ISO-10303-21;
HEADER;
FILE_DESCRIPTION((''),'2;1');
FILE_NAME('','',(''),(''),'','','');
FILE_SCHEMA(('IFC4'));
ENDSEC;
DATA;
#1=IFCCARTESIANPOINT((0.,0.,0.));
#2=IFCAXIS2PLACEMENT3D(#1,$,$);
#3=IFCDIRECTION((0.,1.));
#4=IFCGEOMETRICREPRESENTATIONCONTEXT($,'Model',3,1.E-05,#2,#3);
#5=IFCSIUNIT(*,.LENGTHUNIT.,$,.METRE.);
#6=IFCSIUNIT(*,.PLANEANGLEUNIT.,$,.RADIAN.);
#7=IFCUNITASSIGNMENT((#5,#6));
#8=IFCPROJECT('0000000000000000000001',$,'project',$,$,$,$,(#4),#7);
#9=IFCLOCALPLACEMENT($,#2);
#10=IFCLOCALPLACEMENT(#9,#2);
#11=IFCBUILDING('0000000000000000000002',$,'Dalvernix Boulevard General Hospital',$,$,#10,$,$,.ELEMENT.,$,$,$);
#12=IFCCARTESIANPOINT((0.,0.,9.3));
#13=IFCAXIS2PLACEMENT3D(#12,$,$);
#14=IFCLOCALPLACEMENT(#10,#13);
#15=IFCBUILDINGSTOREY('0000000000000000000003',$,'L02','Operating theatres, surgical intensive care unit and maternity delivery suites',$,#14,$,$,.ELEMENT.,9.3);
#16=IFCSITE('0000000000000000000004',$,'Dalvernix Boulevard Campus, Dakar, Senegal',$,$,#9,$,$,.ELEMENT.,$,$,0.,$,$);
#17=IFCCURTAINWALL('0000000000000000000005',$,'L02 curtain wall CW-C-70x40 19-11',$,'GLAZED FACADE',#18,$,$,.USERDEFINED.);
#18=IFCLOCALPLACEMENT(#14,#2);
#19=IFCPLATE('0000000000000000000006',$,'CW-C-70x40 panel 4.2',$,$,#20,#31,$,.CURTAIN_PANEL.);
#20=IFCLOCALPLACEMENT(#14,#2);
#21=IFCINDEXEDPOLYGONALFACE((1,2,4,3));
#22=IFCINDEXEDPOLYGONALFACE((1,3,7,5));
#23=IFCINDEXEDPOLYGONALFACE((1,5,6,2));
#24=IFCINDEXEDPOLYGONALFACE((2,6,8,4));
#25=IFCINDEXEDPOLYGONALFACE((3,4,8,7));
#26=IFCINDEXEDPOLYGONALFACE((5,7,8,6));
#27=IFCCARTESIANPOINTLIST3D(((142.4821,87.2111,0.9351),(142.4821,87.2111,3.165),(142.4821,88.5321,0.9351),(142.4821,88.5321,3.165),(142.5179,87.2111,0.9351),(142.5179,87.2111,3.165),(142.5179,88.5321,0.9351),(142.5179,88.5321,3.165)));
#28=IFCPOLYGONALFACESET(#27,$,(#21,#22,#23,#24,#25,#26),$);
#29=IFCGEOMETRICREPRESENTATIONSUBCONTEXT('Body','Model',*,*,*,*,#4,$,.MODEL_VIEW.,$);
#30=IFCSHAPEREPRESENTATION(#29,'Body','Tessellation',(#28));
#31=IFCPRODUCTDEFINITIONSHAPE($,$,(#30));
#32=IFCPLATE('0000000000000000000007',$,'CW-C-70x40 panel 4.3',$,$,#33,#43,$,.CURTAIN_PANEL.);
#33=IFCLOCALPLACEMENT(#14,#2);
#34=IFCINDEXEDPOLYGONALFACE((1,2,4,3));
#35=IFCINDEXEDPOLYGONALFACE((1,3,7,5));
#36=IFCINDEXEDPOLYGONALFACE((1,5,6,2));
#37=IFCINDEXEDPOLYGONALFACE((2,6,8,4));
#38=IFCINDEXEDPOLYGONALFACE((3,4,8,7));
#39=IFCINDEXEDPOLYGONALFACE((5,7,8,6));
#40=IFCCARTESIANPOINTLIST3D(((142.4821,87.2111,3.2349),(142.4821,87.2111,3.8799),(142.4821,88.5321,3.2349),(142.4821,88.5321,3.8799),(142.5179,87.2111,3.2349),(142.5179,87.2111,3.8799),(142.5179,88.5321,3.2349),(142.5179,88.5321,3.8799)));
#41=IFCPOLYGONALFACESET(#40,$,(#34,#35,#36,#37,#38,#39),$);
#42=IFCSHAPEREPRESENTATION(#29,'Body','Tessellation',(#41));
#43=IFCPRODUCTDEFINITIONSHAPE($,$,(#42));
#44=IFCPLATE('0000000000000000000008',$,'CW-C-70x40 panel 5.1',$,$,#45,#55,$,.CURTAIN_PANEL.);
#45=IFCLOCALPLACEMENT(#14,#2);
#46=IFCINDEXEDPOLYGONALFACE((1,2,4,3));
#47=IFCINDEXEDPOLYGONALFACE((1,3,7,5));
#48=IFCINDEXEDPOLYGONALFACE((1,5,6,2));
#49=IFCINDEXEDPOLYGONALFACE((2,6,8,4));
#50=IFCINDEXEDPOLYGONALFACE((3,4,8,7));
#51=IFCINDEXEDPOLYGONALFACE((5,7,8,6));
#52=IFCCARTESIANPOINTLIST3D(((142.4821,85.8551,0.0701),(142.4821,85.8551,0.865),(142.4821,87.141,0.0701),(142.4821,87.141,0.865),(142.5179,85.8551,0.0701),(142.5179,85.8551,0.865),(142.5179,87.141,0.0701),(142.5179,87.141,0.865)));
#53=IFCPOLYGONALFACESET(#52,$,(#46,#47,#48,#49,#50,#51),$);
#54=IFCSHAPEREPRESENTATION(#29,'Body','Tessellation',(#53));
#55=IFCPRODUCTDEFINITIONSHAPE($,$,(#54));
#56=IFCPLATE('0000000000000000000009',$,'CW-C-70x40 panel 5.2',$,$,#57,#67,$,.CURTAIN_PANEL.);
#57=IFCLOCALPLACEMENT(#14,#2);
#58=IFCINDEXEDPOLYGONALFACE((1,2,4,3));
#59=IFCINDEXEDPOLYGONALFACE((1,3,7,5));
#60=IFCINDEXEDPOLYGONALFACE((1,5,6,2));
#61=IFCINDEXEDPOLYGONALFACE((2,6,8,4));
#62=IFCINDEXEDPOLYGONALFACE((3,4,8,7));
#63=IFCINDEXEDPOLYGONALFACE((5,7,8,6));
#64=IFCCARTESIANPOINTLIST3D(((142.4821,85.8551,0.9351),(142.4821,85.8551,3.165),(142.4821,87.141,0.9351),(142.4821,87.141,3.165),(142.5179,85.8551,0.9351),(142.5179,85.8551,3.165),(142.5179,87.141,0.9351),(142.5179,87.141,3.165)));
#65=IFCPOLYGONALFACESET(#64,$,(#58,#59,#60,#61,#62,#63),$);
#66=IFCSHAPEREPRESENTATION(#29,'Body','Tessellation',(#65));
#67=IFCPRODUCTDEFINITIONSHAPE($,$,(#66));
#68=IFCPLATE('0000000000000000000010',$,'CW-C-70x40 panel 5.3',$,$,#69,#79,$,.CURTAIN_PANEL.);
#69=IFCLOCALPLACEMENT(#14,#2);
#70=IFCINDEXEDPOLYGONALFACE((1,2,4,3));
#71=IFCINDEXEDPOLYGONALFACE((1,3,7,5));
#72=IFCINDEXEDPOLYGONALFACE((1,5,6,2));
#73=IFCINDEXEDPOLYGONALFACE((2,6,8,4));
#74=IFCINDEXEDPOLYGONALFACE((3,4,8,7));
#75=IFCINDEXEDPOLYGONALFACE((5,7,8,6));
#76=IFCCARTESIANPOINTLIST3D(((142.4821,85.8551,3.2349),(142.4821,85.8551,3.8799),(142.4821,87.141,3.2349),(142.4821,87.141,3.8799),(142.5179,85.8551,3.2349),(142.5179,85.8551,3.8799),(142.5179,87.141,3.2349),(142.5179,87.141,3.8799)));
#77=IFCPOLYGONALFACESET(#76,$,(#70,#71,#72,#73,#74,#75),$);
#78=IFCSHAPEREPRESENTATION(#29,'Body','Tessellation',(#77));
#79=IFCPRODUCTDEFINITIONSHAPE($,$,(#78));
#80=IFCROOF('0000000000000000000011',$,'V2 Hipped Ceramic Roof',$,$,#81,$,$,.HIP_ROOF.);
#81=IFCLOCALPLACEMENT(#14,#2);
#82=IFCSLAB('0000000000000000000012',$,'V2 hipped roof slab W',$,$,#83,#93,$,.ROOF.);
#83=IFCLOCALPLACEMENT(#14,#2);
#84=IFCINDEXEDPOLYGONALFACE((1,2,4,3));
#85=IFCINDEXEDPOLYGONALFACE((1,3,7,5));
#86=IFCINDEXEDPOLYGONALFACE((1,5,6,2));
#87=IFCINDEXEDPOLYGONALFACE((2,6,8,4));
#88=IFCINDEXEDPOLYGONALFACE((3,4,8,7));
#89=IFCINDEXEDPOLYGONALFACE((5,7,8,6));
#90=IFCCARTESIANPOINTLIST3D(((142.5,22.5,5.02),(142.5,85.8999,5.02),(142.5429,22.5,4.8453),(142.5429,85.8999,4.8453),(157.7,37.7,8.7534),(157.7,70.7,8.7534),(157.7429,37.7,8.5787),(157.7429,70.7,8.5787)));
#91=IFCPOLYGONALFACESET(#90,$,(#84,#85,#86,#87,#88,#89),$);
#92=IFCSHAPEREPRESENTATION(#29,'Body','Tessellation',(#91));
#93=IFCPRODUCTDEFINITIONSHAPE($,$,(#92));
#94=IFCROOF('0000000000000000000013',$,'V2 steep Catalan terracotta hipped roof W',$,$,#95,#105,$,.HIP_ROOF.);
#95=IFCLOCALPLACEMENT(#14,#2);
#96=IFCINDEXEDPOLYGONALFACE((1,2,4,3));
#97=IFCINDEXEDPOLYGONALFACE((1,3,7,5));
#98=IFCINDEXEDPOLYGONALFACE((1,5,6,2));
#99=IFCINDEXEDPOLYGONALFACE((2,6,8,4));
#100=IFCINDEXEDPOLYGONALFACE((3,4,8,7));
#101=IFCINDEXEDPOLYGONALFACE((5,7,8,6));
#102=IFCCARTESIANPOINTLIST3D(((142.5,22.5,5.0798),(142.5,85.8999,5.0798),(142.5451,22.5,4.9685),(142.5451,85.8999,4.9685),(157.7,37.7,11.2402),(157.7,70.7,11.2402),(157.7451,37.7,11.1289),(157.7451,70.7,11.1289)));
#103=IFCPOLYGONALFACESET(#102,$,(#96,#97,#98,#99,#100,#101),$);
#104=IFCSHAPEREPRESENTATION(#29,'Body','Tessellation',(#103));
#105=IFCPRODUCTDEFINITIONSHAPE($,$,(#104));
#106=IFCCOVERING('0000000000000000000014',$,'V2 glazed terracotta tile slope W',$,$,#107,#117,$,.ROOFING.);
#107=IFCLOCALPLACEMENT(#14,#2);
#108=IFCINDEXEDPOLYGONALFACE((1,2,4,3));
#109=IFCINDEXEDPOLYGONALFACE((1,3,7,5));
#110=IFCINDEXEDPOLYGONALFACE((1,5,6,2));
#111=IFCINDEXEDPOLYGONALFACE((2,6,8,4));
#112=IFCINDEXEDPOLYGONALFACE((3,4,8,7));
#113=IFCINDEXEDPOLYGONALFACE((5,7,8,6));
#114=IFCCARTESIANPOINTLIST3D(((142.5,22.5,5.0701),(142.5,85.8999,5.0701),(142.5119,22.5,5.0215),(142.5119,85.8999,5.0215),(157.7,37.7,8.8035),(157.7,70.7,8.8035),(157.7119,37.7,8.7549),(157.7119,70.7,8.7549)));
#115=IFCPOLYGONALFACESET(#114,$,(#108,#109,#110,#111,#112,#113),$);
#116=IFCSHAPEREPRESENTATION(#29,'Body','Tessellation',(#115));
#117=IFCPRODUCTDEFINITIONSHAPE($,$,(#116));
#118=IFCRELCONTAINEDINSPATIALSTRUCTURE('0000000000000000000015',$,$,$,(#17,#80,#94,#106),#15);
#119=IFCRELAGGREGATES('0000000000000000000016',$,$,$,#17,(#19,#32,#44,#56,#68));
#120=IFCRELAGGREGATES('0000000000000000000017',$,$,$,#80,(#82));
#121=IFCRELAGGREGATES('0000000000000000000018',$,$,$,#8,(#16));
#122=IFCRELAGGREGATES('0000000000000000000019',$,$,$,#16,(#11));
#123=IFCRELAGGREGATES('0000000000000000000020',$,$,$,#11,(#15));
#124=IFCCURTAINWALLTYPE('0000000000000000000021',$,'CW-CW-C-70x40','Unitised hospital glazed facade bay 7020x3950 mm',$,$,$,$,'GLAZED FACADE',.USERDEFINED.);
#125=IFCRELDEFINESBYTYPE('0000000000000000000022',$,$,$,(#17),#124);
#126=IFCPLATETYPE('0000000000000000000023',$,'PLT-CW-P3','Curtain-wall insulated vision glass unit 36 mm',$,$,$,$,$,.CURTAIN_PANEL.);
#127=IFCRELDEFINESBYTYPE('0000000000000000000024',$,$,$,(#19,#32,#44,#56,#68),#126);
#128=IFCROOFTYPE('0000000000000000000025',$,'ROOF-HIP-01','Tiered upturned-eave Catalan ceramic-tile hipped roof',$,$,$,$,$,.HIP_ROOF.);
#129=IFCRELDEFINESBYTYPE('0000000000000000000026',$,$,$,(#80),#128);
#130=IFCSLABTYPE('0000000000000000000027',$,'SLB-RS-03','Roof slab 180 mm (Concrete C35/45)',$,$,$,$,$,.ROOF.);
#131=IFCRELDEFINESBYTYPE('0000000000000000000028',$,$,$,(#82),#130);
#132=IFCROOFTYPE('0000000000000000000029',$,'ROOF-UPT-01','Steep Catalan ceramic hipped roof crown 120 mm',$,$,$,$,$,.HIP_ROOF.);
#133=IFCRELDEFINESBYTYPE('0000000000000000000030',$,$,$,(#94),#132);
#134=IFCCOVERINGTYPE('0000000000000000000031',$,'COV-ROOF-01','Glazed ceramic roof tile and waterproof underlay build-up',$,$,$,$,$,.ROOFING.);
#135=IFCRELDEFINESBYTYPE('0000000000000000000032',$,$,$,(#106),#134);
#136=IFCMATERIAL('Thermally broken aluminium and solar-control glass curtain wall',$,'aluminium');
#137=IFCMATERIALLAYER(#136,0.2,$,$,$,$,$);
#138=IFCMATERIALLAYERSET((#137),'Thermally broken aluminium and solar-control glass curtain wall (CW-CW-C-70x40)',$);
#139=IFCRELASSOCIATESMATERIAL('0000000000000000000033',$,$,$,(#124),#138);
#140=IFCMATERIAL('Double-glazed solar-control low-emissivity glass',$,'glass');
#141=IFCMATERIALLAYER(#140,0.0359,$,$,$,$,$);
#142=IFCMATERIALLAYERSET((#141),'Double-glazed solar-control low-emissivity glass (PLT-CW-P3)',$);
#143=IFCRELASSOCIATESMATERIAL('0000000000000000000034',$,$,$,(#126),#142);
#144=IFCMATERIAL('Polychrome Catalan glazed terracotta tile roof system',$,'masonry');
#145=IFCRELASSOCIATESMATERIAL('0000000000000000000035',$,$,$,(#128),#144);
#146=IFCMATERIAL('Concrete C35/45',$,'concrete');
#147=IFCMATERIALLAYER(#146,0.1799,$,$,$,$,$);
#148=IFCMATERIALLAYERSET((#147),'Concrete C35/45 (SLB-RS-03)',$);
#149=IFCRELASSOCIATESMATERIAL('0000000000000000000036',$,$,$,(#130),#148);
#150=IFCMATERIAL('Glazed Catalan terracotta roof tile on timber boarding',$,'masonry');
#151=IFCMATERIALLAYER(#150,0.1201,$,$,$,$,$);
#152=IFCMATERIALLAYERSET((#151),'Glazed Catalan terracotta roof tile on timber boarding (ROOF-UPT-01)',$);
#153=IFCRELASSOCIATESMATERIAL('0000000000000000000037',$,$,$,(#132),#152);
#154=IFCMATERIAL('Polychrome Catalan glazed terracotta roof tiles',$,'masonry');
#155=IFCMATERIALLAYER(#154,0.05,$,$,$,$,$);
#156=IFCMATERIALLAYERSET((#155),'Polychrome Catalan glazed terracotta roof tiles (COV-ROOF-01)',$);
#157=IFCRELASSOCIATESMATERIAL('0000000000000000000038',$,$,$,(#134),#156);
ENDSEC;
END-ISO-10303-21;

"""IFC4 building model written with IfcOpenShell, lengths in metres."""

from ifc_helpers import new_model, si_unit, direction, frame, origin, origin_2d, place, context, subcontext, project, spatial, polyline, rectangle, outline, extrude, material, layer, layer_set, type_object, element, aggregate, save


model = new_model("IFC4")

# Units and contexts
model_context = context("Model", 3, precision=1e-05, world=origin(), true_north=direction((0.0, 1.0)))
body_context = subcontext(model_context, "Body", "Model", "MODEL_VIEW")
ifc_project = project(units=[si_unit("LENGTHUNIT", "METRE"), si_unit("PLANEANGLEUNIT", "RADIAN")], contexts=[model_context])

# Site, building, storey
site_placement = place(None, origin())
site = spatial("IfcSite", under=ifc_project, at=site_placement, Name="Dalvernix Boulevard Campus, Dakar, Senegal", CompositionType="ELEMENT", RefElevation=0.0)
building_placement = place(site_placement, origin())
building = spatial("IfcBuilding", under=site, at=building_placement, Name="Dalvernix Boulevard General Hospital", CompositionType="ELEMENT")
storey_placement = place(building_placement, frame((0.0, 0.0, 9.3)))
storey = spatial("IfcBuildingStorey", under=building, at=storey_placement, Name="L02", Description="Operating theatres, surgical intensive care unit and maternity delivery suites", CompositionType="ELEMENT", Elevation=9.3)

# Curtain wall
ifc_material_1 = material(Name="Thermally broken aluminium and solar-control glass curtain wall", Category="aluminium")
ifc_layer_1 = layer(ifc_material_1, 0.2)
ifc_layer_set_1 = layer_set([ifc_layer_1], Name="Thermally broken aluminium and solar-control glass curtain wall (CW-CW-C-70x40)")
curtain_wall_type_1 = type_object("IfcCurtainWallType", Name="CW-CW-C-70x40", Description="Unitised hospital glazed facade bay 7020x3950 mm", ElementType="GLAZED FACADE", PredefinedType="USERDEFINED", material=ifc_layer_set_1)
curtain_wall_1_placement = place(storey_placement, origin())
curtain_wall_1 = element("IfcCurtainWall", 1, at=curtain_wall_1_placement, inside=storey, type_object=curtain_wall_type_1, Name="L02 curtain wall CW-C-70x40 19-11", ObjectType="GLAZED FACADE", PredefinedType="USERDEFINED")

# Plates
ifc_material_2 = material(Name="Double-glazed solar-control low-emissivity glass", Category="glass")
ifc_layer_2 = layer(ifc_material_2, 0.0359)
ifc_layer_set_2 = layer_set([ifc_layer_2], Name="Double-glazed solar-control low-emissivity glass (PLT-CW-P3)")
plate_type = type_object("IfcPlateType", Name="PLT-CW-P3", Description="Curtain-wall insulated vision glass unit 36 mm", PredefinedType="CURTAIN_PANEL", material=ifc_layer_set_2)
plate_1_placement = place(storey_placement, frame((142.5, 87.8716, 0.9351), z_axis=(0.0, 0.0, 1.0), x_axis=(0.0, -1.0, 0.0)))
plate_1 = element("IfcPlate", 2, at=plate_1_placement, type_object=plate_type, Name="CW-C-70x40 panel 4.2", PredefinedType="CURTAIN_PANEL", context=body_context, shape_type="SweptSolid", body=[
    extrude(rectangle(XDim=1.321, YDim=0.0359, at=origin_2d()), origin(), (0.0, 0.0, 1.0), 2.23),
])
plate_2_placement = place(storey_placement, frame((142.5, 87.8716, 3.2349), z_axis=(0.0, 0.0, 1.0), x_axis=(0.0, -1.0, 0.0)))
plate_2 = element("IfcPlate", 3, at=plate_2_placement, type_object=plate_type, Name="CW-C-70x40 panel 4.3", PredefinedType="CURTAIN_PANEL", context=body_context, shape_type="SweptSolid", body=[
    extrude(rectangle(XDim=1.321, YDim=0.0359, at=origin_2d()), origin(), (0.0, 0.0, 1.0), 0.645),
])
plate_3_placement = place(storey_placement, frame((142.5, 86.498, 0.0701), z_axis=(0.0, 0.0, 1.0), x_axis=(0.0, -1.0, 0.0)))
plate_3 = element("IfcPlate", 4, at=plate_3_placement, type_object=plate_type, Name="CW-C-70x40 panel 5.1", PredefinedType="CURTAIN_PANEL", context=body_context, shape_type="SweptSolid", body=[
    extrude(rectangle(XDim=1.2859, YDim=0.0359, at=origin_2d()), origin(), (0.0, 0.0, 1.0), 0.7949),
])
plate_4_placement = place(storey_placement, frame((142.5, 86.498, 0.9351), z_axis=(0.0, 0.0, 1.0), x_axis=(0.0, -1.0, 0.0)))
plate_4 = element("IfcPlate", 5, at=plate_4_placement, type_object=plate_type, Name="CW-C-70x40 panel 5.2", PredefinedType="CURTAIN_PANEL", context=body_context, shape_type="SweptSolid", body=[
    extrude(rectangle(XDim=1.2859, YDim=0.0359, at=origin_2d()), origin(), (0.0, 0.0, 1.0), 2.23),
])
plate_5_placement = place(storey_placement, frame((142.5, 86.498, 3.2349), z_axis=(0.0, 0.0, 1.0), x_axis=(0.0, -1.0, 0.0)))
plate_5 = element("IfcPlate", 6, at=plate_5_placement, type_object=plate_type, Name="CW-C-70x40 panel 5.3", PredefinedType="CURTAIN_PANEL", context=body_context, shape_type="SweptSolid", body=[
    extrude(rectangle(XDim=1.2859, YDim=0.0359, at=origin_2d()), origin(), (0.0, 0.0, 1.0), 0.645),
])
aggregate(curtain_wall_1, [plate_1, plate_2, plate_3, plate_4, plate_5])

# Roof, slab
ifc_material_3 = material(Name="Polychrome Catalan glazed terracotta tile roof system", Category="masonry")
roof_type_1 = type_object("IfcRoofType", Name="ROOF-HIP-01", Description="Tiered upturned-eave Catalan ceramic-tile hipped roof", PredefinedType="HIP_ROOF", material=ifc_material_3)
roof_1_placement = place(storey_placement, origin())
roof_1 = element("IfcRoof", 7, at=roof_1_placement, inside=storey, type_object=roof_type_1, Name="V2 Hipped Ceramic Roof", PredefinedType="HIP_ROOF")
ifc_material_4 = material(Name="Concrete C35/45", Category="concrete")
ifc_layer_3 = layer(ifc_material_4, 0.1799)
ifc_layer_set_3 = layer_set([ifc_layer_3], Name="Concrete C35/45 (SLB-RS-03)")
slab_type = type_object("IfcSlabType", Name="SLB-RS-03", Description="Roof slab 180 mm (Concrete C35/45)", PredefinedType="ROOF", material=ifc_layer_set_3)
slab_placement = place(storey_placement, frame((142.5, 85.8999, 5.02), z_axis=(-0.238529, 0.0, 0.971135), x_axis=(0.0, -1.0, 0.0)))
slab = element("IfcSlab", 8, at=slab_placement, type_object=slab_type, Name="V2 hipped roof slab W", PredefinedType="ROOF", context=body_context, shape_type="SweptSolid", body=[
    extrude(outline(polyline([(0.0, 0.0), (63.3999, 0.0), (48.2, 15.6517), (15.2, 15.6517), (0.0, 0.0)])), origin(), (0.0, 0.0, -1.0), 0.1799),
])
aggregate(roof_1, [slab])

# Roof
ifc_material_5 = material(Name="Glazed Catalan terracotta roof tile on timber boarding", Category="masonry")
ifc_layer_4 = layer(ifc_material_5, 0.1201)
ifc_layer_set_4 = layer_set([ifc_layer_4], Name="Glazed Catalan terracotta roof tile on timber boarding (ROOF-UPT-01)")
roof_type_2 = type_object("IfcRoofType", Name="ROOF-UPT-01", Description="Steep Catalan ceramic hipped roof crown 120 mm", PredefinedType="HIP_ROOF", material=ifc_layer_set_4)
roof_2_placement = place(storey_placement, frame((142.5, 85.8999, 5.0798), z_axis=(-0.375614, 0.0, 0.926776), x_axis=(0.0, -1.0, 0.0)))
element("IfcRoof", 9, at=roof_2_placement, inside=storey, type_object=roof_type_2, Name="V2 steep Catalan terracotta hipped roof W", PredefinedType="HIP_ROOF", context=body_context, shape_type="SweptSolid", body=[
    extrude(outline(polyline([(0.0, 0.0), (63.3999, 0.0), (48.2, 16.4009), (15.2, 16.4009), (0.0, 0.0)])), origin(), (0.0, 0.0, -1.0), 0.1201),
])

# Covering
ifc_material_6 = material(Name="Polychrome Catalan glazed terracotta roof tiles", Category="masonry")
ifc_layer_5 = layer(ifc_material_6, 0.05)
ifc_layer_set_5 = layer_set([ifc_layer_5], Name="Polychrome Catalan glazed terracotta roof tiles (COV-ROOF-01)")
covering_type = type_object("IfcCoveringType", Name="COV-ROOF-01", Description="Glazed ceramic roof tile and waterproof underlay build-up", PredefinedType="ROOFING", material=ifc_layer_set_5)
covering_placement = place(storey_placement, frame((142.5, 85.8999, 5.0701), z_axis=(-0.238529, 0.0, 0.971135), x_axis=(0.0, -1.0, 0.0)))
element("IfcCovering", 10, at=covering_placement, inside=storey, type_object=covering_type, Name="V2 glazed terracotta tile slope W", PredefinedType="ROOFING", context=body_context, shape_type="SweptSolid", body=[
    extrude(outline(polyline([(0.0, 0.0), (63.3999, 0.0), (48.2, 15.6517), (15.2, 15.6517), (0.0, 0.0)])), origin(), (0.0, 0.0, -1.0), 0.05),
])

save(model, "model.ifc")
